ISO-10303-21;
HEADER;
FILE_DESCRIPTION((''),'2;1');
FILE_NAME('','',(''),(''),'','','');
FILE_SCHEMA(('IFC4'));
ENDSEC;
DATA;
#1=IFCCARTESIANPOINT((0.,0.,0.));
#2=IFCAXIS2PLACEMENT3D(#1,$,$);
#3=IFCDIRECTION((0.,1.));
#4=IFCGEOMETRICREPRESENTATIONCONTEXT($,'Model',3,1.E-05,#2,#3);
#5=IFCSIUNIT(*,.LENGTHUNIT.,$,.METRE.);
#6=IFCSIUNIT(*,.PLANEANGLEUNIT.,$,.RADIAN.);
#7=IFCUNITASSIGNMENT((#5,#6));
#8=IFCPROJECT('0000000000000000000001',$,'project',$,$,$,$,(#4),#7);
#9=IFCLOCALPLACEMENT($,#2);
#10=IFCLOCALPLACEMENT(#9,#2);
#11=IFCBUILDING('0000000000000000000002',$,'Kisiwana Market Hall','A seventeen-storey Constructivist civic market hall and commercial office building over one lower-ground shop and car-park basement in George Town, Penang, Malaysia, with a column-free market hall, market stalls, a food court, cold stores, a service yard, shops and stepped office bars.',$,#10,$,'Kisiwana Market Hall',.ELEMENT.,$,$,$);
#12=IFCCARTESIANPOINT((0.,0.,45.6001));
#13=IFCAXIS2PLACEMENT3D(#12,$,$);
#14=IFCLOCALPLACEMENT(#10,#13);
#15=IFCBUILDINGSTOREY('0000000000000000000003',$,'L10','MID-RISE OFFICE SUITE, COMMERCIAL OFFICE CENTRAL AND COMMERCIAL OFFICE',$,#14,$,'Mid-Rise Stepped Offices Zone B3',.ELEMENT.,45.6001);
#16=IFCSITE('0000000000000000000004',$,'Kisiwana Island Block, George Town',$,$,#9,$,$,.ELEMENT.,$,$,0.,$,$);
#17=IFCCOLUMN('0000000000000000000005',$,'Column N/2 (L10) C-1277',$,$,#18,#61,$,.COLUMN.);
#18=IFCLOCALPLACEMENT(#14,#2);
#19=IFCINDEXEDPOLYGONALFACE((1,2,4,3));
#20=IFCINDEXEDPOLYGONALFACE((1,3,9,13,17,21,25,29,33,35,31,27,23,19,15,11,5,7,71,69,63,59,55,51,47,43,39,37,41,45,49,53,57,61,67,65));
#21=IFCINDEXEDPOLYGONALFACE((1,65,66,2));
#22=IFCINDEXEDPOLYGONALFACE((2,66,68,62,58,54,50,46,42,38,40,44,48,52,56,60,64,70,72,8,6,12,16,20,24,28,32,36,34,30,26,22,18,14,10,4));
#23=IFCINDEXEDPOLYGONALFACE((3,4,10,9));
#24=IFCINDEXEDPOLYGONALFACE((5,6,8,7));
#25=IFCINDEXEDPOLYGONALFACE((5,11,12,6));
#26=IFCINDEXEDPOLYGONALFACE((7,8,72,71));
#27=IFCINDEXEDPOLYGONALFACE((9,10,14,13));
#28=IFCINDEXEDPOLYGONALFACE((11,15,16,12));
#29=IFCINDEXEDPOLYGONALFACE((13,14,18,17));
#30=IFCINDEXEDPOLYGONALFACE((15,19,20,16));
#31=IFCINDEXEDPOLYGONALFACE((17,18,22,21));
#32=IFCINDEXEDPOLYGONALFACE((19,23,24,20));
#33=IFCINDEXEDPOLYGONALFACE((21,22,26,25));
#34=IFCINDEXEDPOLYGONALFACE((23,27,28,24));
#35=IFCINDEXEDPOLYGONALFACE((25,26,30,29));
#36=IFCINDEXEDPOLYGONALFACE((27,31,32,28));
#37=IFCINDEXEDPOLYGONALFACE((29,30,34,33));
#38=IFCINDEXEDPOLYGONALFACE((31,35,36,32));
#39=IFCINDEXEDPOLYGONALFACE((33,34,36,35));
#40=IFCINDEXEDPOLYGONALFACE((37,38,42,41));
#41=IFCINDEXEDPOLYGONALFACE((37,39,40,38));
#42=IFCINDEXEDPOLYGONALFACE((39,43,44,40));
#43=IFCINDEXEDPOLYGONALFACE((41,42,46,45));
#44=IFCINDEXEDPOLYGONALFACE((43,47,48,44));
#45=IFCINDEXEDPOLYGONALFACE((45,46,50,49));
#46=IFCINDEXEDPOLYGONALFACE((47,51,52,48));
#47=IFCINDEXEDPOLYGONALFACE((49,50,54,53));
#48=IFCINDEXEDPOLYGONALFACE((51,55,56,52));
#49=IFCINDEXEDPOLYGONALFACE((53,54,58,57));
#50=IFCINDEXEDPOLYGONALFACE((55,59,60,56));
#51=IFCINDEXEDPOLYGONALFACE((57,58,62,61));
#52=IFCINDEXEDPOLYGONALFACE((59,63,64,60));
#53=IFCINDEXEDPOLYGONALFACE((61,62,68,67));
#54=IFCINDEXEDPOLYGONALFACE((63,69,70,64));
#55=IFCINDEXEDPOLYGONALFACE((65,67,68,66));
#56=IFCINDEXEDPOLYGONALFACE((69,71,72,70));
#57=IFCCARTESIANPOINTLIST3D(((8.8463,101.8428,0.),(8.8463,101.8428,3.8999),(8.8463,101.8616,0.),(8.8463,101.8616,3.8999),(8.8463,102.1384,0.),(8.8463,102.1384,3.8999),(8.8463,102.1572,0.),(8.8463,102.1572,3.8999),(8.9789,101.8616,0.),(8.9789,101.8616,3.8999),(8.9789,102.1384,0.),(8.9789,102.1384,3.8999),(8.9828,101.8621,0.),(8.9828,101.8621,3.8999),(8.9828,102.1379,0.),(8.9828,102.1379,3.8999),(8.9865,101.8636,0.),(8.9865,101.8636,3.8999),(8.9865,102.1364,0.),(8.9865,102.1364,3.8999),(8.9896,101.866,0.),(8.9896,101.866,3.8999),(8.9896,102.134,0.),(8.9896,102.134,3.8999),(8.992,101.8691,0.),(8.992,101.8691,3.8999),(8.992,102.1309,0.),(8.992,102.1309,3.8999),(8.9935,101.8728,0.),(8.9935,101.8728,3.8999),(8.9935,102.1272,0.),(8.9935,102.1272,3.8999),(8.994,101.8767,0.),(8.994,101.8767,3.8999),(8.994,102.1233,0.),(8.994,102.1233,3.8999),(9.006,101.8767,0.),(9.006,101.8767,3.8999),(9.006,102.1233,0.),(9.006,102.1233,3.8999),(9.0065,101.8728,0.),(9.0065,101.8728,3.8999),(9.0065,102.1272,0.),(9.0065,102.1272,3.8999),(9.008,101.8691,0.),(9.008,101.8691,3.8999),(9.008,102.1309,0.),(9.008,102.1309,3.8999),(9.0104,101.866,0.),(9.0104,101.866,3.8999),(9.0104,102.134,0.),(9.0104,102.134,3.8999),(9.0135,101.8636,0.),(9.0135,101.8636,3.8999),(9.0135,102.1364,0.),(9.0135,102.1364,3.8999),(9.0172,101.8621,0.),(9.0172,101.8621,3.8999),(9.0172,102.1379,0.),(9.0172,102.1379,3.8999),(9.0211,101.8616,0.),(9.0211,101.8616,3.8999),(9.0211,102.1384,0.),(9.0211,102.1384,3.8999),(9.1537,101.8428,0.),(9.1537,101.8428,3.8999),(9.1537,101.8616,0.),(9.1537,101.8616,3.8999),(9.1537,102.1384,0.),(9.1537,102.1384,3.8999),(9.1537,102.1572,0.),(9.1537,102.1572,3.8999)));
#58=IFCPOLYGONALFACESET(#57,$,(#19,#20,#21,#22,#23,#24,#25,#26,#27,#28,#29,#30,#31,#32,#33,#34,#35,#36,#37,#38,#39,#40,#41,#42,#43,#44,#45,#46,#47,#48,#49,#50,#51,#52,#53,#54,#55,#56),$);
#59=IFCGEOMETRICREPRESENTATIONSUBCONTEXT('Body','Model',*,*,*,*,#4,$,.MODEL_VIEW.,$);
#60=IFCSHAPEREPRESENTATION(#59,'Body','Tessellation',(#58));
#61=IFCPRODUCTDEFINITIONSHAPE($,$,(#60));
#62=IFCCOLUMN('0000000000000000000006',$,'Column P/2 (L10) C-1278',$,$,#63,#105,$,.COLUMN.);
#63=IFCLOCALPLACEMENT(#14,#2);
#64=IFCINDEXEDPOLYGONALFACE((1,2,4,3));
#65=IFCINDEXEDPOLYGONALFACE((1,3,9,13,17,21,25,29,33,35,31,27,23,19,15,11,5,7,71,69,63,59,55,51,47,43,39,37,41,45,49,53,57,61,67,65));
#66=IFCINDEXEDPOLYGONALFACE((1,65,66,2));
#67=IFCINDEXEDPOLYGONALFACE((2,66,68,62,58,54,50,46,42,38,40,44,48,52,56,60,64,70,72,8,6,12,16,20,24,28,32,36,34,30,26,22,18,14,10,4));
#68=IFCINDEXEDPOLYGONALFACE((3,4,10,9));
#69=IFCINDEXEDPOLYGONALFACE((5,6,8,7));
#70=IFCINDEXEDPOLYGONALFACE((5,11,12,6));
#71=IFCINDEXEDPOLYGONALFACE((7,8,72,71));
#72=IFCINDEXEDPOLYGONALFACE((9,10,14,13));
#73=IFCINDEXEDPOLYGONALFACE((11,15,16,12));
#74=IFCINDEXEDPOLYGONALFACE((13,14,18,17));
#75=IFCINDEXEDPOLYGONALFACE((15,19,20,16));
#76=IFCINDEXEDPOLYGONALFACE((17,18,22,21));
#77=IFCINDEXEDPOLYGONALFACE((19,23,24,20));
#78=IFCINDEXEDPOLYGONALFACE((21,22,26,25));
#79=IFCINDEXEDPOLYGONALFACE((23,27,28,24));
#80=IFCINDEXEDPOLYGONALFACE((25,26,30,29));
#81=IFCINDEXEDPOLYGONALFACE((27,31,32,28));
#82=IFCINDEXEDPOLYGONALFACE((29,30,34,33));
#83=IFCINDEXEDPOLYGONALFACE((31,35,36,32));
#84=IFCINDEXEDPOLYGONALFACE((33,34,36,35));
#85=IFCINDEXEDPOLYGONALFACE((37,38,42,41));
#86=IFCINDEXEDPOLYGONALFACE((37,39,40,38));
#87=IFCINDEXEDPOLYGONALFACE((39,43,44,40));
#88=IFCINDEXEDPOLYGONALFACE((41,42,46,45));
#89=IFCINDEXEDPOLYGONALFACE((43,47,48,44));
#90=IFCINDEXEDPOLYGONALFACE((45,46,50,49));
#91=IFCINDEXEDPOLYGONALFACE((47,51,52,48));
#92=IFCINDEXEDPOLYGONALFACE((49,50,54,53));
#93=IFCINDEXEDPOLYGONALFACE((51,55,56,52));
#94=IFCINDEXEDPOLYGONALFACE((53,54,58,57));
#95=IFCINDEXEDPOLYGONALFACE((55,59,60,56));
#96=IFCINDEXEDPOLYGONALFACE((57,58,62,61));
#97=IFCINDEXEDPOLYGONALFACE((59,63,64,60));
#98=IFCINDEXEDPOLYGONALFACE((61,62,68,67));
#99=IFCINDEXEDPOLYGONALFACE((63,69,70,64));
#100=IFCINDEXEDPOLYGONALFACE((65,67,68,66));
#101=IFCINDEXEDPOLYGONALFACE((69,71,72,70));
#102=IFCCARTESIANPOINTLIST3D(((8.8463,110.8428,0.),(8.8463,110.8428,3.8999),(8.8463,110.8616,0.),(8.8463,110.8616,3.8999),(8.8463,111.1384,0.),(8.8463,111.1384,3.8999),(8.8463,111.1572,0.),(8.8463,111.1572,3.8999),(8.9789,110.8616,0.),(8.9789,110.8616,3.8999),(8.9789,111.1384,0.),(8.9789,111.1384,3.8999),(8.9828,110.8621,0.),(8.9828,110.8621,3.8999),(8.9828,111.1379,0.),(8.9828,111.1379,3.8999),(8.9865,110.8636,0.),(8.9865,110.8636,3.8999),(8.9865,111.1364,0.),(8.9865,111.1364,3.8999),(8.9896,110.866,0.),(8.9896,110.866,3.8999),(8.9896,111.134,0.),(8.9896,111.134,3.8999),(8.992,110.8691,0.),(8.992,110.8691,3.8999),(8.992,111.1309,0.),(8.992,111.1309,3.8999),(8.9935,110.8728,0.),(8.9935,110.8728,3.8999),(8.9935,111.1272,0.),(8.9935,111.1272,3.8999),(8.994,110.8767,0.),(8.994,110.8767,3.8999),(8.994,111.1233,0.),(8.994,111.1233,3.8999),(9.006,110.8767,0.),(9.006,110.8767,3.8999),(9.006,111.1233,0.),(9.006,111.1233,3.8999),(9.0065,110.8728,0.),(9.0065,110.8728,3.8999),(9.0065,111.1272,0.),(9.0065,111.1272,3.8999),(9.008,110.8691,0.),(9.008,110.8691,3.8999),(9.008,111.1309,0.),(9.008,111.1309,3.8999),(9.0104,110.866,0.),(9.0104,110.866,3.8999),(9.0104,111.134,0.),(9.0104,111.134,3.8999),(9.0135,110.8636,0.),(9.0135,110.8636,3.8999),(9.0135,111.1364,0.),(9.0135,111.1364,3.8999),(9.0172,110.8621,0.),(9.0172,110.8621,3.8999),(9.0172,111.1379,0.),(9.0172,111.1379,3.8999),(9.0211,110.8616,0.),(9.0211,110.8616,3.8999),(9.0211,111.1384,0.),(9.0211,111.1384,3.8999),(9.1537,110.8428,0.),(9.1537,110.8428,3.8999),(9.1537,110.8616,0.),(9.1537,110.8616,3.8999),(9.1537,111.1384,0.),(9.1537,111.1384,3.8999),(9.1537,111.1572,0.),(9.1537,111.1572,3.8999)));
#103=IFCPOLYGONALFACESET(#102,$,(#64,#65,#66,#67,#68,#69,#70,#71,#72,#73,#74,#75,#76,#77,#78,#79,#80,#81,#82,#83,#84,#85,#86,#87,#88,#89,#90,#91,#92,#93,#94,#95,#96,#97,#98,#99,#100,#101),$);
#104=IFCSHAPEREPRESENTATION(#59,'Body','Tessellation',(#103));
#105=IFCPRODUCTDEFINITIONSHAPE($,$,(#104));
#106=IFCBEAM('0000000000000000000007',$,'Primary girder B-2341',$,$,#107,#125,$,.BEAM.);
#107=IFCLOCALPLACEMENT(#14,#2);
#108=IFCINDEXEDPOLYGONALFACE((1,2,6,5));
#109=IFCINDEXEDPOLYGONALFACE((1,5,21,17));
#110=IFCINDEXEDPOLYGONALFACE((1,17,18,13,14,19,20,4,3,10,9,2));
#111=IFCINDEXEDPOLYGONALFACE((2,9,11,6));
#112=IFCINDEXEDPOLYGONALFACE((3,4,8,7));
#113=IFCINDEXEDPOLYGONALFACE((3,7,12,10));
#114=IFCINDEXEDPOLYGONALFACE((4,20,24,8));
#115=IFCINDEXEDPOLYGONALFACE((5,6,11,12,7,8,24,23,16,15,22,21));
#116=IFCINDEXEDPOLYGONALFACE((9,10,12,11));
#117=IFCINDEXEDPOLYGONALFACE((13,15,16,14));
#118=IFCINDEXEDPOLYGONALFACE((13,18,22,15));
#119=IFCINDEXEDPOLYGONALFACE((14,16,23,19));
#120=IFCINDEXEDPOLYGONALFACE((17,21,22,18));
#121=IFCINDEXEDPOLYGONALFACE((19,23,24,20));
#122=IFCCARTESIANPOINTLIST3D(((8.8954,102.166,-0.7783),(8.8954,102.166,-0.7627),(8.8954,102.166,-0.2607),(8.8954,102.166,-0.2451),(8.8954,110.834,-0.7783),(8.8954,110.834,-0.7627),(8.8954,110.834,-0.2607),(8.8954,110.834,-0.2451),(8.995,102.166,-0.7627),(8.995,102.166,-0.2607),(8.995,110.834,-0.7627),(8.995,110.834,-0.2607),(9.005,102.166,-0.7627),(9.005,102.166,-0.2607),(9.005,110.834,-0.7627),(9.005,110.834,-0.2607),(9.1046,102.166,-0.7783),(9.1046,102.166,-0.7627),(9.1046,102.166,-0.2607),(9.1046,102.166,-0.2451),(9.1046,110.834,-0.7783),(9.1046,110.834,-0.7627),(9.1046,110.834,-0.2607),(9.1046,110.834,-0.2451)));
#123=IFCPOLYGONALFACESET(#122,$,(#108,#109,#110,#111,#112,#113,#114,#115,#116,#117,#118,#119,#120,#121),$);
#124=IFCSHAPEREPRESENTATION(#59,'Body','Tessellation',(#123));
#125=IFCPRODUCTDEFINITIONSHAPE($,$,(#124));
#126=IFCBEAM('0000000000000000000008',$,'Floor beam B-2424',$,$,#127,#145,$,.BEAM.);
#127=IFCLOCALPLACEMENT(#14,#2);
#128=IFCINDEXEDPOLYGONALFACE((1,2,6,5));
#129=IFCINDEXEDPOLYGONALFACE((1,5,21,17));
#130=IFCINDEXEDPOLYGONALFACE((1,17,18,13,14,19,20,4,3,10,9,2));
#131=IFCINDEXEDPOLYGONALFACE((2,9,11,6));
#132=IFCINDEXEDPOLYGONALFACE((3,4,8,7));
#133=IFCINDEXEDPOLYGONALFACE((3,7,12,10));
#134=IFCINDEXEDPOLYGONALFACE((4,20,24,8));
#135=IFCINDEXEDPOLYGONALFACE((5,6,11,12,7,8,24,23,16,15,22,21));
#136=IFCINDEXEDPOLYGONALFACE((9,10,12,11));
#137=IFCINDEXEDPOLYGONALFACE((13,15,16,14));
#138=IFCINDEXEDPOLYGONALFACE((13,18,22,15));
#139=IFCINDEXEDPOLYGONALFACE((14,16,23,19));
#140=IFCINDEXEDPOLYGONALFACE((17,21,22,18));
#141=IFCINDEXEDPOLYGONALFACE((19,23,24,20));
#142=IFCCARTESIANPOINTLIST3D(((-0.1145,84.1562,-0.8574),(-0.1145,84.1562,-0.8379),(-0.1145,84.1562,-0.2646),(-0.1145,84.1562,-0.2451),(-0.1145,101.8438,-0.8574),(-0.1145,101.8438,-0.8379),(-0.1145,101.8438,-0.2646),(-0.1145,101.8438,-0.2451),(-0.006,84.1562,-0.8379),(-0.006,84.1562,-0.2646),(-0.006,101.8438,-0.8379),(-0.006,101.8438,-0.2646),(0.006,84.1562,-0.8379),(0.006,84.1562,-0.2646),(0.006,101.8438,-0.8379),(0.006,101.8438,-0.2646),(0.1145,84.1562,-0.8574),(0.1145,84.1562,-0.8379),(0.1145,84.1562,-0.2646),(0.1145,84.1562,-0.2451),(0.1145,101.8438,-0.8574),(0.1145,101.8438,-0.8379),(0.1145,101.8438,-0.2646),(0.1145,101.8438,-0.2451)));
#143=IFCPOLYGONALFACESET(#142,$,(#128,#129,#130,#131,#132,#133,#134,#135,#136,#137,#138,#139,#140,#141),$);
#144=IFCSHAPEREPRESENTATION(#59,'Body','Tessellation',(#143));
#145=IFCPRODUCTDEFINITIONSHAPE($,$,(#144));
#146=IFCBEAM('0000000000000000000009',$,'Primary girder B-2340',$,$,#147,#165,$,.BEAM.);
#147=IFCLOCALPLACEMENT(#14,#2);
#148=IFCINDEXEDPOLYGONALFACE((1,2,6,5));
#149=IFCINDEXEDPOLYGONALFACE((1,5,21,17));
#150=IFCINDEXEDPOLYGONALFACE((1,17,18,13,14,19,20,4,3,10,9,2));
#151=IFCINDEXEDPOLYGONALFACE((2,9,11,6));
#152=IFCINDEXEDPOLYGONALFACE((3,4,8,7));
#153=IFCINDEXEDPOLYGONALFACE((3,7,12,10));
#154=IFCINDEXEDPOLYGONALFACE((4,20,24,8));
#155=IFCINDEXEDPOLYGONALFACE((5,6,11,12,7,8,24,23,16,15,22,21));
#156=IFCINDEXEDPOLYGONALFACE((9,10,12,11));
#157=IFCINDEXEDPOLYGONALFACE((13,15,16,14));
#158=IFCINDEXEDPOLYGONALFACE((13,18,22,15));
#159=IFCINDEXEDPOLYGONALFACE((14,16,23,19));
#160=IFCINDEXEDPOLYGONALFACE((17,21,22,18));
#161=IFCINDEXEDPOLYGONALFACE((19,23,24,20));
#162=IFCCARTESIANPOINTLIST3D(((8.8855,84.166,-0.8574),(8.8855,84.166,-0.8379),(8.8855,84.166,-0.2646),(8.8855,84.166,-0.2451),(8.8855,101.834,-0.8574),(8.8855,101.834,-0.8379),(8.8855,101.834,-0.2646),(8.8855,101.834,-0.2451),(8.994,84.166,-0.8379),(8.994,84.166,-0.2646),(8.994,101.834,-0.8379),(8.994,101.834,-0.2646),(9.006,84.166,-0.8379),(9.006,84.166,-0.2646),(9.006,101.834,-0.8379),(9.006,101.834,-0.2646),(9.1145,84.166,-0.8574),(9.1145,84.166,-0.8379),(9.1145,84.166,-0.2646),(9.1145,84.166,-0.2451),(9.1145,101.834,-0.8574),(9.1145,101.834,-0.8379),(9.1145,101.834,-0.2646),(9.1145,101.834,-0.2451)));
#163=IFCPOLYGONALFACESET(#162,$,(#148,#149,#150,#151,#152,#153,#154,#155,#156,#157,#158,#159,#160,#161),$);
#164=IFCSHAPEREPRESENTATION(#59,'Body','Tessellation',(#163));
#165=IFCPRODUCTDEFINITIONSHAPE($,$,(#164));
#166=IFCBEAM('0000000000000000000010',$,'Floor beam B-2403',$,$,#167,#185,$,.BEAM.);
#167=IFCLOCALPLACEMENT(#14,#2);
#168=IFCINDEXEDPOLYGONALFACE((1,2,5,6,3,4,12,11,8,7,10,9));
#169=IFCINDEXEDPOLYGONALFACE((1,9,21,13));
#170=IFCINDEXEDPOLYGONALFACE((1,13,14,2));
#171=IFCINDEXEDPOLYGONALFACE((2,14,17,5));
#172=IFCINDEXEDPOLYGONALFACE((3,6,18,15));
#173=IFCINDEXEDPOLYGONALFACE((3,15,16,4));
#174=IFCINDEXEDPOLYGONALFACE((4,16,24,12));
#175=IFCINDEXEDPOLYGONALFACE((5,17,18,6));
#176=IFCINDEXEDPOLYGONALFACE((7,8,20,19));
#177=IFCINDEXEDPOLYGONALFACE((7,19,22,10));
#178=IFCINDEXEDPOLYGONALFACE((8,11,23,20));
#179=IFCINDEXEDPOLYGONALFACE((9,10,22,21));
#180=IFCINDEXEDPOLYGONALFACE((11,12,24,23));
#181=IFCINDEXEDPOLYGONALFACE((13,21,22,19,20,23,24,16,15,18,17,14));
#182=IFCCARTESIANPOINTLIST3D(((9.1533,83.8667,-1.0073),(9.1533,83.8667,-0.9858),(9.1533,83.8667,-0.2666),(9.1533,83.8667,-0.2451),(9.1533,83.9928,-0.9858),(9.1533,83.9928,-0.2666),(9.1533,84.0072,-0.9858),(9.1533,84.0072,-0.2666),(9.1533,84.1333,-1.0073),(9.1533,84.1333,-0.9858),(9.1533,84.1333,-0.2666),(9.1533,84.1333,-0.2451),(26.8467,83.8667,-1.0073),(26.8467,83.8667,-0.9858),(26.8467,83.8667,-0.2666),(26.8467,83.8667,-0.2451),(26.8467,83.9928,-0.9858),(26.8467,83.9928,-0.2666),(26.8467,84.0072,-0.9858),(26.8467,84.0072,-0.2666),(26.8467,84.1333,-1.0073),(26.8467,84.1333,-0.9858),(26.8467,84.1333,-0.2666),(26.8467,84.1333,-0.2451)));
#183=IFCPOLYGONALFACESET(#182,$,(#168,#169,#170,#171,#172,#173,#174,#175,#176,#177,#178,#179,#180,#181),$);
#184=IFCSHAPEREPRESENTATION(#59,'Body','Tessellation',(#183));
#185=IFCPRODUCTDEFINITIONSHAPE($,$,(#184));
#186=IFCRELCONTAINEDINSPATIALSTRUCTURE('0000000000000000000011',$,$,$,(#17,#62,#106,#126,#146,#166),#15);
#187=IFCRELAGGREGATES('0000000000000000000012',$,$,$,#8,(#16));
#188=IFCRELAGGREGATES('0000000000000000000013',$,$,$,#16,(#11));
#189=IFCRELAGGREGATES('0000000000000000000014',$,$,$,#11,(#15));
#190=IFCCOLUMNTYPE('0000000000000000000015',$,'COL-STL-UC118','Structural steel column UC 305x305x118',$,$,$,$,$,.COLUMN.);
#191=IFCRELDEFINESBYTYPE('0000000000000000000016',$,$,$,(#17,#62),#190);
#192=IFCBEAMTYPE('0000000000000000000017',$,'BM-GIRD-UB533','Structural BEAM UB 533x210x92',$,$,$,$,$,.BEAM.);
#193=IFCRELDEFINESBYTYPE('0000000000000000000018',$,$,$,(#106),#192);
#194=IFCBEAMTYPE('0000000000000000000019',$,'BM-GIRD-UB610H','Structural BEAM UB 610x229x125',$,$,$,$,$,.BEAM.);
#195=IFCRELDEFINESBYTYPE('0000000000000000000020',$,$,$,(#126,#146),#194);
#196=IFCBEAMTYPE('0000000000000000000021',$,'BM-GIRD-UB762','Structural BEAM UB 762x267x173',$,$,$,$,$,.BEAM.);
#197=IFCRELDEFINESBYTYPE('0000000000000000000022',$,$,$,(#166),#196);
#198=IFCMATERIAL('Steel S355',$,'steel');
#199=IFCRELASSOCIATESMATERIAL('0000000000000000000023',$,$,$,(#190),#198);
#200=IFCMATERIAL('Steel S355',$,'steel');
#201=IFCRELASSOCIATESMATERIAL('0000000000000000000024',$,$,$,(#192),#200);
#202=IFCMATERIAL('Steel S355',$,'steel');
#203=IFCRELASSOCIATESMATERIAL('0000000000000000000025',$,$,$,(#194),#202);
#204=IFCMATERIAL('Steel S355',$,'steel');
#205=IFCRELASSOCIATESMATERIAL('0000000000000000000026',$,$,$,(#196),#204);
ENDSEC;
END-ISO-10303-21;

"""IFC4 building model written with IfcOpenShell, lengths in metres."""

from ifc_helpers import new_model, si_unit, direction, frame, origin, origin_2d, place, context, subcontext, project, spatial, i_section, extrude, material, material_profile, profile_set, type_object, element, save


model = new_model("IFC4")

# Units and contexts
model_context = context("Model", 3, precision=1e-05, world=origin(), true_north=direction((0.0, 1.0)))
body_context = subcontext(model_context, "Body", "Model", "MODEL_VIEW")
ifc_project = project(units=[si_unit("LENGTHUNIT", "METRE"), si_unit("PLANEANGLEUNIT", "RADIAN")], contexts=[model_context])

# Site, building, storey
site_placement = place(None, origin())
site = spatial("IfcSite", under=ifc_project, at=site_placement, Name="Kisiwana Island Block, George Town", CompositionType="ELEMENT", RefElevation=0.0)
building_placement = place(site_placement, origin())
building = spatial("IfcBuilding", under=site, at=building_placement, Name="Kisiwana Market Hall", Description="A seventeen-storey Constructivist civic market hall and commercial office building over one lower-ground shop and car-park basement in George Town, Penang, Malaysia, with a column-free market hall, market stalls, a food court, cold stores, a service yard, shops and stepped office bars.", LongName="Kisiwana Market Hall", CompositionType="ELEMENT")
storey_placement = place(building_placement, frame((0.0, 0.0, 45.6001)))
storey = spatial("IfcBuildingStorey", under=building, at=storey_placement, Name="L10", Description="MID-RISE OFFICE SUITE, COMMERCIAL OFFICE CENTRAL AND COMMERCIAL OFFICE", LongName="Mid-Rise Stepped Offices Zone B3", CompositionType="ELEMENT", Elevation=45.6001)

# Columns
ifc_material_1 = material(Name="Steel S355", Category="steel")
ifc_material_profile_1 = material_profile(ifc_material_1, i_section(OverallWidth=0.3074, OverallDepth=0.3145, WebThickness=0.012, FlangeThickness=0.0188, FilletRadius=0.0151, at=origin_2d()), Name="UC 305x305x118")
ifc_profile_set_1 = profile_set([ifc_material_profile_1], Name="Steel S355")
column_type_1 = type_object("IfcColumnType", Name="COL-STL-UC118", Description="Structural steel column UC 305x305x118", PredefinedType="COLUMN", material=ifc_profile_set_1)
for number, where, z_axis, x_axis, name in (
    (1, (9.0, 102.0, 0.0), (0.0, 0.0, 1.0), (1.0, 0.0, 0.0), "Column N/2 (L10) C-1277"),
    (2, (9.0, 111.0, 0.0), (0.0, 0.0, 1.0), (1.0, 0.0, 0.0), "Column P/2 (L10) C-1278"),
):
    element("IfcColumn", number, at=place(storey_placement, frame(where, z_axis=z_axis, x_axis=x_axis)), inside=storey, type_object=column_type_1, Name=name, PredefinedType="COLUMN", context=body_context, shape_type="SweptSolid", body=[
        extrude(i_section(OverallWidth=0.3074, OverallDepth=0.3145, WebThickness=0.012, FlangeThickness=0.0188, FilletRadius=0.0151, at=origin_2d()), origin(), (0.0, 0.0, 1.0), 3.8999),
    ])

# Beams
ifc_material_2 = material(Name="Steel S355", Category="steel")
ifc_material_profile_2 = material_profile(ifc_material_2, i_section(OverallWidth=0.2092, OverallDepth=0.5332, WebThickness=0.01, FlangeThickness=0.0156, at=origin_2d()), Name="UB 533x210x92")
ifc_profile_set_2 = profile_set([ifc_material_profile_2], Name="Steel S355")
beam_type_1 = type_object("IfcBeamType", Name="BM-GIRD-UB533", Description="Structural BEAM UB 533x210x92", PredefinedType="BEAM", material=ifc_profile_set_2)
beam_1_placement = place(storey_placement, frame((9.0, 102.166, -0.5117), z_axis=(0.0, 1.0, 0.0), x_axis=(-1.0, 0.0, 0.0)))
element("IfcBeam", 3, at=beam_1_placement, inside=storey, type_object=beam_type_1, Name="Primary girder B-2341", PredefinedType="BEAM", context=body_context, shape_type="SweptSolid", body=[
    extrude(i_section(OverallWidth=0.2092, OverallDepth=0.5332, WebThickness=0.01, FlangeThickness=0.0156, at=origin_2d()), origin(), (0.0, 0.0, 1.0), 8.668),
])
ifc_material_3 = material(Name="Steel S355", Category="steel")
ifc_material_profile_3 = material_profile(ifc_material_3, i_section(OverallWidth=0.229, OverallDepth=0.6123, WebThickness=0.012, FlangeThickness=0.0195, at=origin_2d()), Name="UB 610x229x125")
ifc_profile_set_3 = profile_set([ifc_material_profile_3], Name="Steel S355")
beam_type_2 = type_object("IfcBeamType", Name="BM-GIRD-UB610H", Description="Structural BEAM UB 610x229x125", PredefinedType="BEAM", material=ifc_profile_set_3)
beam_2_placement = place(storey_placement, frame((0.0, 84.1562, -0.5513), z_axis=(0.0, 1.0, 0.0), x_axis=(-1.0, 0.0, 0.0)))
element("IfcBeam", 4, at=beam_2_placement, inside=storey, type_object=beam_type_2, Name="Floor beam B-2424", PredefinedType="BEAM", context=body_context, shape_type="SweptSolid", body=[
    extrude(i_section(OverallWidth=0.229, OverallDepth=0.6123, WebThickness=0.012, FlangeThickness=0.0195, at=origin_2d()), origin(), (0.0, 0.0, 1.0), 17.6875),
])
beam_3_placement = place(storey_placement, frame((9.0, 84.166, -0.5513), z_axis=(0.0, 1.0, 0.0), x_axis=(-1.0, 0.0, 0.0)))
element("IfcBeam", 5, at=beam_3_placement, inside=storey, type_object=beam_type_2, Name="Primary girder B-2340", PredefinedType="BEAM", context=body_context, shape_type="SweptSolid", body=[
    extrude(i_section(OverallWidth=0.229, OverallDepth=0.6123, WebThickness=0.012, FlangeThickness=0.0195, at=origin_2d()), origin(), (0.0, 0.0, 1.0), 17.668),
])
ifc_material_4 = material(Name="Steel S355", Category="steel")
ifc_material_profile_4 = material_profile(ifc_material_4, i_section(OverallWidth=0.2666, OverallDepth=0.7622, WebThickness=0.0144, FlangeThickness=0.0215, at=origin_2d()), Name="UB 762x267x173")
ifc_profile_set_4 = profile_set([ifc_material_profile_4], Name="Steel S355")
beam_type_3 = type_object("IfcBeamType", Name="BM-GIRD-UB762", Description="Structural BEAM UB 762x267x173", PredefinedType="BEAM", material=ifc_profile_set_4)
for number, where, z_axis, x_axis, name in (
    (6, (9.1533, 84.0, -0.6262), (1.0, 0.0, 0.0), (0.0, 1.0, 0.0), "Floor beam B-2403"),
):
    element("IfcBeam", number, at=place(storey_placement, frame(where, z_axis=z_axis, x_axis=x_axis)), inside=storey, type_object=beam_type_3, Name=name, PredefinedType="BEAM", context=body_context, shape_type="SweptSolid", body=[
        extrude(i_section(OverallWidth=0.2666, OverallDepth=0.7622, WebThickness=0.0144, FlangeThickness=0.0215, at=origin_2d()), origin(), (0.0, 0.0, 1.0), 17.6934),
    ])

save(model, "model.ifc")
